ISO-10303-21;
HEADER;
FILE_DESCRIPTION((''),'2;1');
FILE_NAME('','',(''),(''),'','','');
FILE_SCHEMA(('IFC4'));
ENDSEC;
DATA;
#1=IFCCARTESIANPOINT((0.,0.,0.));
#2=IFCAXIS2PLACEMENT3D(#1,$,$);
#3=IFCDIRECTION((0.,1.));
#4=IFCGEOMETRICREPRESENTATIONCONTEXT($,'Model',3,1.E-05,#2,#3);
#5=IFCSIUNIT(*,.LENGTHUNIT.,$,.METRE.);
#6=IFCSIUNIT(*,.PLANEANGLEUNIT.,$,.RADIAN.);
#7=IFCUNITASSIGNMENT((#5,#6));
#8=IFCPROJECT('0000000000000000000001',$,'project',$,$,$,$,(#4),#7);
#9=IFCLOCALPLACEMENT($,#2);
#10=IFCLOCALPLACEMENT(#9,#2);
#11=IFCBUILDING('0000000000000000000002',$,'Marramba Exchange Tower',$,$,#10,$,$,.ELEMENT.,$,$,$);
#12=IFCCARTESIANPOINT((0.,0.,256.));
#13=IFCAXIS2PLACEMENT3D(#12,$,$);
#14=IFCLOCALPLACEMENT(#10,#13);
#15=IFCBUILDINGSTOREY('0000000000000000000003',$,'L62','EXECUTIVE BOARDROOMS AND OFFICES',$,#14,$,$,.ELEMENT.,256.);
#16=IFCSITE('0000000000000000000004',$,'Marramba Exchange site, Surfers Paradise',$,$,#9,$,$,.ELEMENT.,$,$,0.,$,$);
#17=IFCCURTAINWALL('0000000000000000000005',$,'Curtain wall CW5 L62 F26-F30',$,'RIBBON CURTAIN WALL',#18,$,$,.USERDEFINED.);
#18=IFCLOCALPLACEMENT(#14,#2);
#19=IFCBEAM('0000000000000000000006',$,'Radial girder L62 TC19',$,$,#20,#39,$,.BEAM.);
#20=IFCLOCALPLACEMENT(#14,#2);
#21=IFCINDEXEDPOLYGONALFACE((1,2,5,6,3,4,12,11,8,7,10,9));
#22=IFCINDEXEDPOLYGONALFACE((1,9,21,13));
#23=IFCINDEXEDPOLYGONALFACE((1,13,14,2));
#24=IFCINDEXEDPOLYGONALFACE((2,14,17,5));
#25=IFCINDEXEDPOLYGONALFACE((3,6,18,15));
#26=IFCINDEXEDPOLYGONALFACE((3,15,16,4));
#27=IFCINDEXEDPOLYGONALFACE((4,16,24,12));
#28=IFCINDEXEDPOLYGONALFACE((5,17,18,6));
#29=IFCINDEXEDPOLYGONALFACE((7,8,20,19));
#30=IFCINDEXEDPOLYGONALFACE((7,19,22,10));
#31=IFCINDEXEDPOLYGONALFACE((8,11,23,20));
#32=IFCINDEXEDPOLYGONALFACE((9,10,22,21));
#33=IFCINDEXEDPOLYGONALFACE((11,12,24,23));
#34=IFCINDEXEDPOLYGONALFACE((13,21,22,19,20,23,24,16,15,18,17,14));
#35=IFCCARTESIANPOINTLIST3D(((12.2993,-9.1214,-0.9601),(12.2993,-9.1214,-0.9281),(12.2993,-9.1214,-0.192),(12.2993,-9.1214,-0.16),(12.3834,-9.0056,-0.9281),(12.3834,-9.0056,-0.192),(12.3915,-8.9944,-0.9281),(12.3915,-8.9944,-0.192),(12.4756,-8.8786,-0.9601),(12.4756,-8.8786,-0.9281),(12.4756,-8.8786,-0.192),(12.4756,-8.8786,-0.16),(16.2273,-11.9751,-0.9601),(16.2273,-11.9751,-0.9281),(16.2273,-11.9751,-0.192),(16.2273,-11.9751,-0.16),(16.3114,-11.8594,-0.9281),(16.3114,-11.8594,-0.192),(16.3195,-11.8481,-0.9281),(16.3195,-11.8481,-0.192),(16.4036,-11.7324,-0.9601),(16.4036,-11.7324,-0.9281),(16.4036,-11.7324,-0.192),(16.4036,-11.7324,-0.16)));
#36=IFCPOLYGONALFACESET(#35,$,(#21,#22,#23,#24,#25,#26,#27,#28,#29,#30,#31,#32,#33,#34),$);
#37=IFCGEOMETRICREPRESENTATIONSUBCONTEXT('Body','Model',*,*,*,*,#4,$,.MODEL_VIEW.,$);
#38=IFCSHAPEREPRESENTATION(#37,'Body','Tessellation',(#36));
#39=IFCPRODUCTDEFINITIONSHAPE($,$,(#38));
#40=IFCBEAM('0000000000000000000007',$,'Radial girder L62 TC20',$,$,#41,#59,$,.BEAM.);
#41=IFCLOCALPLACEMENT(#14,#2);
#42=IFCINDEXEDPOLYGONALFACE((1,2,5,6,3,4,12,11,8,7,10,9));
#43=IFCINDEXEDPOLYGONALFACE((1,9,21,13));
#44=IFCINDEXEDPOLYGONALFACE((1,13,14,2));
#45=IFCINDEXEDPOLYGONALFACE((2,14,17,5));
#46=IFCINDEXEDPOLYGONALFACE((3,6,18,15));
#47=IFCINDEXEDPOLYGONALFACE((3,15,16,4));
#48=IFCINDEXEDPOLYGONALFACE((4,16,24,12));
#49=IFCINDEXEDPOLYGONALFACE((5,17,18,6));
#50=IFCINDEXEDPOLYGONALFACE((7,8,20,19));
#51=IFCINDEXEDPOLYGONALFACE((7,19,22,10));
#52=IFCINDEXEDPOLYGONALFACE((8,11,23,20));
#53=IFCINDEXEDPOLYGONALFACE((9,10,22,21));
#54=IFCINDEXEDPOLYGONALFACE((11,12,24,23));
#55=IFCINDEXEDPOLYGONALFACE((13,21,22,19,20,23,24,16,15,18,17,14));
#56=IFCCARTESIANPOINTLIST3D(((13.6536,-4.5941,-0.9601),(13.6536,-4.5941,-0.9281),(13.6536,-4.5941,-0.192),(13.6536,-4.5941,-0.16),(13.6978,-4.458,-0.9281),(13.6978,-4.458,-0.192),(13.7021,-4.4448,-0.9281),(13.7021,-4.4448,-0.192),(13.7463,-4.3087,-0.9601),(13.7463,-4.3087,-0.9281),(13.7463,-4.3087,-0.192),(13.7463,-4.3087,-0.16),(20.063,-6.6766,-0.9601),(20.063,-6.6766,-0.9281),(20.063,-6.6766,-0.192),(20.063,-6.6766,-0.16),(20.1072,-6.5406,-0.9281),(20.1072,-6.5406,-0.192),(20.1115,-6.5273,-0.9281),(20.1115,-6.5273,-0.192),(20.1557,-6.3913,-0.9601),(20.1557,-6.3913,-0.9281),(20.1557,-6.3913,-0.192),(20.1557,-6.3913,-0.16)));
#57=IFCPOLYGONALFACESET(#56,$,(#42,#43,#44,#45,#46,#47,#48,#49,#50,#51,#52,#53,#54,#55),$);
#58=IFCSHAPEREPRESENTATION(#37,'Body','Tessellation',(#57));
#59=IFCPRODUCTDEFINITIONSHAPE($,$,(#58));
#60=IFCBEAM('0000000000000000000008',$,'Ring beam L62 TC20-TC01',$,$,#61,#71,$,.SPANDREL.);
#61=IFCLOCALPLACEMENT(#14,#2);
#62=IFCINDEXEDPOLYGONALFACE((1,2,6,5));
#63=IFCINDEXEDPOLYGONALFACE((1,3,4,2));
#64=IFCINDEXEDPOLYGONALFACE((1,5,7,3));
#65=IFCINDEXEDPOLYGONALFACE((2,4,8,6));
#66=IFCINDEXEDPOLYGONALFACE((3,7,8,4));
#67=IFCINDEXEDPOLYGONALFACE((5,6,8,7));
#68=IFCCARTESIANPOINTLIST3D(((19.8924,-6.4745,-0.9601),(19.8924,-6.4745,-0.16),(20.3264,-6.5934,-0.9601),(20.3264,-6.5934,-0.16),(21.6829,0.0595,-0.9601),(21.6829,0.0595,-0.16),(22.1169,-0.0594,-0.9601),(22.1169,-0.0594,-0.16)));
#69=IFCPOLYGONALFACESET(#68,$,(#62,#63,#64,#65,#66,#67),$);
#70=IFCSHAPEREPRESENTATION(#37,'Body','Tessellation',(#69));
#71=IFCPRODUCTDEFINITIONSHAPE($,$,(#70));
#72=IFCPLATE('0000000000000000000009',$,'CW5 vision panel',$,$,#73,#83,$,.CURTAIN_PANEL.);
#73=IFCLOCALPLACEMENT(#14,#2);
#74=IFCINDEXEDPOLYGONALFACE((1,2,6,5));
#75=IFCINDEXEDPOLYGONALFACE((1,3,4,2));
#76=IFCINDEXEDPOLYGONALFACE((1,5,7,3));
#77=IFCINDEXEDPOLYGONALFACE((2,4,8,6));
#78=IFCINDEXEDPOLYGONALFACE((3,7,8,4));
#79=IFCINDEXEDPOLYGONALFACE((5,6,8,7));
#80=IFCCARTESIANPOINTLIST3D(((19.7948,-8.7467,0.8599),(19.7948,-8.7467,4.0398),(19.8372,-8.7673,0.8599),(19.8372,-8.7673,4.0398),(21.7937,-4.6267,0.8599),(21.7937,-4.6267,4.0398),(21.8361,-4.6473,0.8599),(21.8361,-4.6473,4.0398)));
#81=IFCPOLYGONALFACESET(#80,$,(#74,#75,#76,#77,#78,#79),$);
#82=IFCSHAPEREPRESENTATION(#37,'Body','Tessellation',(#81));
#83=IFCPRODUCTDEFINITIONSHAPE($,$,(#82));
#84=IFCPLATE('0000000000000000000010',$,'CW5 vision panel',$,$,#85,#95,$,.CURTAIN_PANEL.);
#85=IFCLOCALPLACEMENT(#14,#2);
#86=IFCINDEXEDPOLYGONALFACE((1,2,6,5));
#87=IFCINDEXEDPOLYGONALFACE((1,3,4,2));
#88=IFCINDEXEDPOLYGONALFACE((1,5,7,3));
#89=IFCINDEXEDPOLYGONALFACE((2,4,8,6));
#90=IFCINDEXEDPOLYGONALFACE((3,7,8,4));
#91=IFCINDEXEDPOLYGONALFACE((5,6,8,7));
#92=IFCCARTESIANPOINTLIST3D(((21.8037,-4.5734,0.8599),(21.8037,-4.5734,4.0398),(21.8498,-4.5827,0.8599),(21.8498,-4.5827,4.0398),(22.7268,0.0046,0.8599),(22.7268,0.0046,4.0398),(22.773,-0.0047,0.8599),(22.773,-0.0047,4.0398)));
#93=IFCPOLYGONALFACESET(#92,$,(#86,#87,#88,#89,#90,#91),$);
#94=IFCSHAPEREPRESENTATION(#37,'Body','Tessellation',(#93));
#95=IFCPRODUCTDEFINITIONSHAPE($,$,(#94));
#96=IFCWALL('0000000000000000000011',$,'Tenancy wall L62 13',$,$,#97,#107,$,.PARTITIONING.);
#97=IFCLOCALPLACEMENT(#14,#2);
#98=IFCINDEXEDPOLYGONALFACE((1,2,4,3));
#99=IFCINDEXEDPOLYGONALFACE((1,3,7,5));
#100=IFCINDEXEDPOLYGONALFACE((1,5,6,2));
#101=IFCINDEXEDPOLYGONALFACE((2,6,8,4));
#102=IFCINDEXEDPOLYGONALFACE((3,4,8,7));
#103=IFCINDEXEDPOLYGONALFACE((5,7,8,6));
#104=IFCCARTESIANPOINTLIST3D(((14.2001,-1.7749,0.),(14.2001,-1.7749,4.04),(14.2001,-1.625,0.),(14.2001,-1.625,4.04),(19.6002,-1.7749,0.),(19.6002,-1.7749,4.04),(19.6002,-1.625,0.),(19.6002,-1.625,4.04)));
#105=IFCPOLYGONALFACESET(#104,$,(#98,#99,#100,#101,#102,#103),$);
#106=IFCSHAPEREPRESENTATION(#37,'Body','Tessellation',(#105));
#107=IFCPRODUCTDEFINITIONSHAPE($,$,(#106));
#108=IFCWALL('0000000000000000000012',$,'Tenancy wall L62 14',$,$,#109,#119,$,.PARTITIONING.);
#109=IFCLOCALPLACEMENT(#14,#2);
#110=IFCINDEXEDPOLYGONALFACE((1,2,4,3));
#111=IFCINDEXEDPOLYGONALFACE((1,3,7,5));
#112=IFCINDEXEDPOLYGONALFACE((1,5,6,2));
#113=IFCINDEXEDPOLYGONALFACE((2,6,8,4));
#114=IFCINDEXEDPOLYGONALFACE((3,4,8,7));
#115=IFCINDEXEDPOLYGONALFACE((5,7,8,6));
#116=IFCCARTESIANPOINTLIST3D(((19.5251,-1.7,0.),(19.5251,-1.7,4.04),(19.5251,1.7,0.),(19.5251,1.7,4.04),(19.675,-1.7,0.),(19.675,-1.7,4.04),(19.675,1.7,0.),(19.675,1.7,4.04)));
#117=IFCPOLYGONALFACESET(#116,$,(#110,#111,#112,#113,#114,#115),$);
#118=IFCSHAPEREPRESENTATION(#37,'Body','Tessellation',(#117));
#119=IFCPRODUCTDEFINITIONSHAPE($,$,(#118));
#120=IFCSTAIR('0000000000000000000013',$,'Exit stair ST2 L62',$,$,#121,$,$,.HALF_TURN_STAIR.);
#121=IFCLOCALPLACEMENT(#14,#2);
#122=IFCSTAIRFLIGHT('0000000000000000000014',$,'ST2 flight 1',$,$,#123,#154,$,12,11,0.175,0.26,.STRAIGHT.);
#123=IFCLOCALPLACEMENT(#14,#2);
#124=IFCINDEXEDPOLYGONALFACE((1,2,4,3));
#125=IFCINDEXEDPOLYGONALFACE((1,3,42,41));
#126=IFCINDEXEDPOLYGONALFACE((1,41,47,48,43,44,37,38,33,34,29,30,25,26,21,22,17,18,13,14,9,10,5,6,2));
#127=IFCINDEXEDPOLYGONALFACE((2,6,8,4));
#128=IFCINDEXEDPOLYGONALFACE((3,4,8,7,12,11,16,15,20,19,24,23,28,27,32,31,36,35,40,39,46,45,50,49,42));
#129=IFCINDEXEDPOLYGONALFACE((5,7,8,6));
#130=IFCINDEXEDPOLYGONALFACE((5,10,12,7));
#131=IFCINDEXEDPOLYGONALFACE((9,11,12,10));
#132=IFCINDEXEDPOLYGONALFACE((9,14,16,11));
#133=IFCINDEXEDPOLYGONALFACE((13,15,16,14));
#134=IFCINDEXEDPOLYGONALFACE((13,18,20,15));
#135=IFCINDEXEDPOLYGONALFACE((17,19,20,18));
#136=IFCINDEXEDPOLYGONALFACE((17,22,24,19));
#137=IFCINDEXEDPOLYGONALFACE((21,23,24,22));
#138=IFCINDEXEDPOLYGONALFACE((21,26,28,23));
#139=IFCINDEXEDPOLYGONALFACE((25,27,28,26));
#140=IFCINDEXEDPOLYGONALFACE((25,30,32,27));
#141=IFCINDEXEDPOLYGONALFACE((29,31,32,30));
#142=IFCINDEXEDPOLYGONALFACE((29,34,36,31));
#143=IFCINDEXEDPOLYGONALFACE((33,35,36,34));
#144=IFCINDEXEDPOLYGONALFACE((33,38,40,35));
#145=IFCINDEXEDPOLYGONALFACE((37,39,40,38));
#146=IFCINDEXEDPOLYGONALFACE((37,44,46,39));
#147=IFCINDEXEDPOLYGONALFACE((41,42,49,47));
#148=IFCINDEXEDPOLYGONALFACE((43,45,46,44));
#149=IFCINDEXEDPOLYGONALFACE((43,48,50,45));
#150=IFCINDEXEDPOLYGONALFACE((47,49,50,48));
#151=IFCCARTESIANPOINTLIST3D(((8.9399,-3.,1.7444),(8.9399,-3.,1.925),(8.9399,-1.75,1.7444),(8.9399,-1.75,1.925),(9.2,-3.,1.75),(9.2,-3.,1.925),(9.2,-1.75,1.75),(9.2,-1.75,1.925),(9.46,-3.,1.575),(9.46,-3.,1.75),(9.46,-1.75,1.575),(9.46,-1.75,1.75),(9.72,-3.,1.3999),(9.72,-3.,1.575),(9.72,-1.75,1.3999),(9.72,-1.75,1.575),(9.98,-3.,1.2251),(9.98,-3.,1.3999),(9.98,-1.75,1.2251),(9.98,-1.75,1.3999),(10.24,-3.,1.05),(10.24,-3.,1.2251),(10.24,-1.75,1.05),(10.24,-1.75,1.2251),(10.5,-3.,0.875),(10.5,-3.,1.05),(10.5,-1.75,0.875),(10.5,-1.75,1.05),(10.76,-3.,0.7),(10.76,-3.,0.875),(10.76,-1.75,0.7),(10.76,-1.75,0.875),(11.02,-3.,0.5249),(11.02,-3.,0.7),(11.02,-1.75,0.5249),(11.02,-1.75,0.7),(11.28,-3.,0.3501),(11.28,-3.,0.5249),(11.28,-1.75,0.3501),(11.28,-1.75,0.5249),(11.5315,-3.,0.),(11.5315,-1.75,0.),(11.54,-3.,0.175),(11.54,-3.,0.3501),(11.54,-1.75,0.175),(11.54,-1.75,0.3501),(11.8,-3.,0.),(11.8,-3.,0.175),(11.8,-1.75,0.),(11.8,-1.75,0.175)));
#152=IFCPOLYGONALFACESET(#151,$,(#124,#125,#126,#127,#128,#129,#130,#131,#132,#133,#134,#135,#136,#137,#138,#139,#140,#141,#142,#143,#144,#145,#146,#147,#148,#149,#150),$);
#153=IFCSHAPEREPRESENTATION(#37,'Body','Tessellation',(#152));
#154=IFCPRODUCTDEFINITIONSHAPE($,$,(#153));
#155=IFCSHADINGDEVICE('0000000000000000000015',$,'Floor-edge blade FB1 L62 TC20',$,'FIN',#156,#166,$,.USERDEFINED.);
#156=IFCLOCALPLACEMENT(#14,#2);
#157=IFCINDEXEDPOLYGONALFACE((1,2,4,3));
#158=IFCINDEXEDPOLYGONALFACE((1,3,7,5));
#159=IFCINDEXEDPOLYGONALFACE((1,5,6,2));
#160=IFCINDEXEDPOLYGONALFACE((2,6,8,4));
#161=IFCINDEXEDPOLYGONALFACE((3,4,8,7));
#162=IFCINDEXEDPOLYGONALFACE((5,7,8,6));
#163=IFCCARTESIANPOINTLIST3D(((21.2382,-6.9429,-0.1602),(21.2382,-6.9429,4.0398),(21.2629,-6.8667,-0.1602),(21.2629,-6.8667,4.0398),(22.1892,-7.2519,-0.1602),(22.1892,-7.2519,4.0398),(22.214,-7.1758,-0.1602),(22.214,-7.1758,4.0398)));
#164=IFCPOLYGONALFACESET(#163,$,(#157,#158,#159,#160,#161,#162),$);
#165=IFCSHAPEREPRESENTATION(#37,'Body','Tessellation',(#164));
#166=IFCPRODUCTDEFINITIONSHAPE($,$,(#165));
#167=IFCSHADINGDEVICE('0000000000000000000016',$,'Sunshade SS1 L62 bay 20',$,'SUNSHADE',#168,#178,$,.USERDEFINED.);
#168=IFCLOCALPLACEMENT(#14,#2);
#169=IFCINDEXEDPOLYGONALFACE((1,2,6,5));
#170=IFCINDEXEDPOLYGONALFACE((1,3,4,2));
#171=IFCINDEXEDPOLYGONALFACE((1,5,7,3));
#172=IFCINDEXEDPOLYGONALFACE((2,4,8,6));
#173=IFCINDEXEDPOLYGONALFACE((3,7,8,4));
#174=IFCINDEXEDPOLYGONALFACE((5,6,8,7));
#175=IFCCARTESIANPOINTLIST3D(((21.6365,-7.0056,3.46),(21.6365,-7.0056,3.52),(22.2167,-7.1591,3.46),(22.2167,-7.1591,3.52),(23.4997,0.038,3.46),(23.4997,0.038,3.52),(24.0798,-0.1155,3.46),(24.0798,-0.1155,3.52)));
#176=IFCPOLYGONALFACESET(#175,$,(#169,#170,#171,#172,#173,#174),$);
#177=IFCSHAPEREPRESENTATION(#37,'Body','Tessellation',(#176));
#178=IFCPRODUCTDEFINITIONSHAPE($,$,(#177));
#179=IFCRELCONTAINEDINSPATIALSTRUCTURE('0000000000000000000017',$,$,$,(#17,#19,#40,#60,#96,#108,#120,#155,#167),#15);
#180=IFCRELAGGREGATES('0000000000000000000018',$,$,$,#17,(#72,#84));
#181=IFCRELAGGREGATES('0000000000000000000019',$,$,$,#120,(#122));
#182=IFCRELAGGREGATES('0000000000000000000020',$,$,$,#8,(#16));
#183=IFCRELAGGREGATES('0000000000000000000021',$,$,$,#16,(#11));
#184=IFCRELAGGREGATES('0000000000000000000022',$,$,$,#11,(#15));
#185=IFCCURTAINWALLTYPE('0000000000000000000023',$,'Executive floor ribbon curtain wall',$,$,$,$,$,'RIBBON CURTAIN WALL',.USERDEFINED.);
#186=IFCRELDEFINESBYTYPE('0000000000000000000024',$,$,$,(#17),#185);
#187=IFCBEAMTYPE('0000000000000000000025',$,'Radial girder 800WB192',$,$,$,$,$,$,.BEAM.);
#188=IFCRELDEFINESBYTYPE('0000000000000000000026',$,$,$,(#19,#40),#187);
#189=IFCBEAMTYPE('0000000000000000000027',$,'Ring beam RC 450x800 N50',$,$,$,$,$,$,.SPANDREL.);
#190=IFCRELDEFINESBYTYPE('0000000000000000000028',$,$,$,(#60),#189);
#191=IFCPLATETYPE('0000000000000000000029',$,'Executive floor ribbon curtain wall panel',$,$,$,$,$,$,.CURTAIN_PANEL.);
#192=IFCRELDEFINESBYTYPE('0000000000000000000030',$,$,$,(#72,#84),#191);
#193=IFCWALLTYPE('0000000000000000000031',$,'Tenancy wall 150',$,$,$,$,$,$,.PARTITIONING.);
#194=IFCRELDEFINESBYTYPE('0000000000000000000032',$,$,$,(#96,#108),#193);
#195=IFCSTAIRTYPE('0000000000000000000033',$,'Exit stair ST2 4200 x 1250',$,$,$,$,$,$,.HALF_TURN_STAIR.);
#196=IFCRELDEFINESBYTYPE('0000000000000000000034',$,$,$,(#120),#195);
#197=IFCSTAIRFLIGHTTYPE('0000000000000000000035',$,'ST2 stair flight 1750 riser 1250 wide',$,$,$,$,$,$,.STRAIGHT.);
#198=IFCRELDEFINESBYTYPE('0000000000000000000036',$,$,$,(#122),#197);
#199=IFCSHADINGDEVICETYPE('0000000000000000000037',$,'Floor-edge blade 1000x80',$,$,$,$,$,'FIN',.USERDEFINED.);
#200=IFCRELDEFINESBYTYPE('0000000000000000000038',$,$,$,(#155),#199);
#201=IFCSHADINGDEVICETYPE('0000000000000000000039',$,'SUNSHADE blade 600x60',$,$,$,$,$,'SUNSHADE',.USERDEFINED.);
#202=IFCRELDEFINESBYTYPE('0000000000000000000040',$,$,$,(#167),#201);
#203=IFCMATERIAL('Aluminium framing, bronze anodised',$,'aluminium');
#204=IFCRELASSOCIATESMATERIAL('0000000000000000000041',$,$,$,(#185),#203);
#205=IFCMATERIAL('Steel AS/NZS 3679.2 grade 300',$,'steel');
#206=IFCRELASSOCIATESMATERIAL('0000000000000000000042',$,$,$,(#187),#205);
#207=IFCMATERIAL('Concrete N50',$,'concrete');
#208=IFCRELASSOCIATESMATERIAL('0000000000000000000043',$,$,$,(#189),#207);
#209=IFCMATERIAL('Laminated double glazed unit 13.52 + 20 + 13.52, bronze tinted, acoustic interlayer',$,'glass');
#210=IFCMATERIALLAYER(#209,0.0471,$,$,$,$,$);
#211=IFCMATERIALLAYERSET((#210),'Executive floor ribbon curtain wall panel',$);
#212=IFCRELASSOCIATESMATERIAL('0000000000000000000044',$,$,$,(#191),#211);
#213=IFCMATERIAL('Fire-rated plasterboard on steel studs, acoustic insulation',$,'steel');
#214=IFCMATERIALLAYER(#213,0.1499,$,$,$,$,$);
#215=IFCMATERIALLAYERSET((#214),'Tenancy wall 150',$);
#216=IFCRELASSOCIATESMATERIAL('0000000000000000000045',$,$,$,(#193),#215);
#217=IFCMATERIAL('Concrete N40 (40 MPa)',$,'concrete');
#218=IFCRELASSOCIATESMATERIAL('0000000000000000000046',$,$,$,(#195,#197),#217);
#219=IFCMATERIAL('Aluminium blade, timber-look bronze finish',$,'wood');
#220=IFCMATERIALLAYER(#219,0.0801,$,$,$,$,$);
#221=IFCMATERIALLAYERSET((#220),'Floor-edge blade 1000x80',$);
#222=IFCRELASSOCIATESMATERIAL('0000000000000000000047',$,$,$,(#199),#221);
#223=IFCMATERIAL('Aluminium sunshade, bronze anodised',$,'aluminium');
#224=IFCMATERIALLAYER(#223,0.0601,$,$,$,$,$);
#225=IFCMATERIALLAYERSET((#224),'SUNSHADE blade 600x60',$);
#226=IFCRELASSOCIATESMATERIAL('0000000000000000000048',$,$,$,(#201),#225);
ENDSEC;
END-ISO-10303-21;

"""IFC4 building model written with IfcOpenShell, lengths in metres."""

from ifc_helpers import new_model, si_unit, direction, frame, frame_2d, origin, origin_2d, place, context, subcontext, project, spatial, polyline, rectangle, i_section, outline, extrude, material, layer, layer_set, material_profile, profile_set, type_object, element, aggregate, save


model = new_model("IFC4")

# Units and contexts
model_context = context("Model", 3, precision=1e-05, world=origin(), true_north=direction((0.0, 1.0)))
body_context = subcontext(model_context, "Body", "Model", "MODEL_VIEW")
ifc_project = project(units=[si_unit("LENGTHUNIT", "METRE"), si_unit("PLANEANGLEUNIT", "RADIAN")], contexts=[model_context])

# Site, building, storey
site_placement = place(None, origin())
site = spatial("IfcSite", under=ifc_project, at=site_placement, Name="Marramba Exchange site, Surfers Paradise", CompositionType="ELEMENT", RefElevation=0.0)
building_placement = place(site_placement, origin())
building = spatial("IfcBuilding", under=site, at=building_placement, Name="Marramba Exchange Tower", CompositionType="ELEMENT")
storey_placement = place(building_placement, frame((0.0, 0.0, 256.0)))
storey = spatial("IfcBuildingStorey", under=building, at=storey_placement, Name="L62", Description="EXECUTIVE BOARDROOMS AND OFFICES", CompositionType="ELEMENT", Elevation=256.0)

# Shared definitions
ifc_material_1 = material(Name="Concrete N50", Category="concrete")

# Curtain wall
ifc_material_2 = material(Name="Aluminium framing, bronze anodised", Category="aluminium")
curtain_wall_type = type_object("IfcCurtainWallType", Name="Executive floor ribbon curtain wall", ElementType="RIBBON CURTAIN WALL", PredefinedType="USERDEFINED", material=ifc_material_2)
curtain_wall_placement = place(storey_placement, origin())
curtain_wall = element("IfcCurtainWall", 1, at=curtain_wall_placement, inside=storey, type_object=curtain_wall_type, Name="Curtain wall CW5 L62 F26-F30", ObjectType="RIBBON CURTAIN WALL", PredefinedType="USERDEFINED")

# Beams
ifc_material_3 = material(Name="Steel AS/NZS 3679.2 grade 300", Category="steel")
ifc_material_profile_1 = material_profile(ifc_material_3, i_section(OverallWidth=0.3, OverallDepth=0.8, WebThickness=0.0139, FlangeThickness=0.032, at=origin_2d()), Name="800WB192")
ifc_profile_set_1 = profile_set([ifc_material_profile_1], Name="Steel AS/NZS 3679.2 grade 300")
beam_type_1 = type_object("IfcBeamType", Name="Radial girder 800WB192", PredefinedType="BEAM", material=ifc_profile_set_1)
beam_1_placement = place(storey_placement, frame((12.3875, -9.0, -0.5601), z_axis=(0.809025, -0.587774, 0.0), x_axis=(0.587774, 0.809025, 0.0)))
element("IfcBeam", 2, at=beam_1_placement, inside=storey, type_object=beam_type_1, Name="Radial girder L62 TC19", PredefinedType="BEAM", context=body_context, shape_type="SweptSolid", body=[
    extrude(i_section(OverallWidth=0.3, OverallDepth=0.8, WebThickness=0.0139, FlangeThickness=0.032, at=origin_2d()), origin(), (0.0, 0.0, 1.0), 4.8552),
])
beam_2_placement = place(storey_placement, frame((13.7, -4.4514, -0.5601), z_axis=(0.951058, -0.309013, 0.0), x_axis=(0.309013, 0.951058, 0.0)))
element("IfcBeam", 3, at=beam_2_placement, inside=storey, type_object=beam_type_1, Name="Radial girder L62 TC20", PredefinedType="BEAM", context=body_context, shape_type="SweptSolid", body=[
    extrude(i_section(OverallWidth=0.3, OverallDepth=0.8, WebThickness=0.0139, FlangeThickness=0.032, at=origin_2d()), origin(), (0.0, 0.0, 1.0), 6.7393),
])
ifc_material_profile_2 = material_profile(ifc_material_1, rectangle(XDim=0.45, YDim=0.8, at=origin_2d()), Name="RC 450x800")
ifc_profile_set_2 = profile_set([ifc_material_profile_2], Name="Concrete N50")
beam_type_2 = type_object("IfcBeamType", Name="Ring beam RC 450x800 N50", PredefinedType="SPANDREL", material=ifc_profile_set_2)
beam_3_placement = place(storey_placement, frame((20.1094, -6.5339, -0.5601), z_axis=(0.264291, 0.964443, 0.0), x_axis=(-0.964443, 0.264291, 0.0)))
element("IfcBeam", 4, at=beam_3_placement, inside=storey, type_object=beam_type_2, Name="Ring beam L62 TC20-TC01", PredefinedType="SPANDREL", context=body_context, shape_type="SweptSolid", body=[
    extrude(rectangle(XDim=0.45, YDim=0.8, at=origin_2d()), origin(), (0.0, 0.0, 1.0), 6.7749),
])

# Plates
ifc_material_4 = material(Name="Laminated double glazed unit 13.52 + 20 + 13.52, bronze tinted, acoustic interlayer", Category="glass")
ifc_layer_1 = layer(ifc_material_4, 0.0471)
ifc_layer_set_1 = layer_set([ifc_layer_1], Name="Executive floor ribbon curtain wall panel")
plate_type = type_object("IfcPlateType", Name="Executive floor ribbon curtain wall panel", PredefinedType="CURTAIN_PANEL", material=ifc_layer_set_1)
plate_1_placement = place(storey_placement, frame((20.8154, -6.697, 0.8599), z_axis=(0.0, 0.0, 1.0), x_axis=(0.436515, 0.899697, 0.0)))
plate_1 = element("IfcPlate", 5, at=plate_1_placement, type_object=plate_type, Name="CW5 vision panel", PredefinedType="CURTAIN_PANEL", context=body_context, shape_type="SweptSolid", body=[
    extrude(rectangle(XDim=4.5793, YDim=0.0471, at=origin_2d()), origin(), (0.0, 0.0, 1.0), 3.1799),
])
plate_2_placement = place(storey_placement, frame((22.2883, -2.2891, 0.8599), z_axis=(0.0, 0.0, 1.0), x_axis=(0.197671, 0.980269, 0.0)))
plate_2 = element("IfcPlate", 6, at=plate_2_placement, type_object=plate_type, Name="CW5 vision panel", PredefinedType="CURTAIN_PANEL", context=body_context, shape_type="SweptSolid", body=[
    extrude(rectangle(XDim=4.6702, YDim=0.0471, at=origin_2d()), origin(), (0.0, 0.0, 1.0), 3.1799),
])
aggregate(curtain_wall, [plate_1, plate_2])

# Walls
ifc_material_5 = material(Name="Fire-rated plasterboard on steel studs, acoustic insulation", Category="steel")
ifc_layer_2 = layer(ifc_material_5, 0.1499)
ifc_layer_set_2 = layer_set([ifc_layer_2], Name="Tenancy wall 150")
wall_type_1 = type_object("IfcWallType", Name="Tenancy wall 150", PredefinedType="PARTITIONING", material=ifc_layer_set_2)
wall_1_placement = place(storey_placement, frame((14.2, -1.7, 0.0), z_axis=(0.0, 0.0, 1.0), x_axis=(1.0, 0.0, 0.0)))
element("IfcWall", 7, at=wall_1_placement, inside=storey, type_object=wall_type_1, Name="Tenancy wall L62 13", PredefinedType="PARTITIONING", context=body_context, shape_type="SweptSolid", body=[
    extrude(rectangle(XDim=5.4001, YDim=0.1499, at=frame_2d((2.7002, 0.0))), origin(), (0.0, 0.0, 1.0), 4.04),
])
wall_2_placement = place(storey_placement, frame((19.6001, -1.7, 0.0), z_axis=(0.0, 0.0, 1.0), x_axis=(0.0, 1.0, 0.0)))
element("IfcWall", 8, at=wall_2_placement, inside=storey, type_object=wall_type_1, Name="Tenancy wall L62 14", PredefinedType="PARTITIONING", context=body_context, shape_type="SweptSolid", body=[
    extrude(rectangle(XDim=3.3999, YDim=0.1499, at=frame_2d((1.7, 0.0))), origin(), (0.0, 0.0, 1.0), 4.04),
])

# Stair, stair flight
ifc_material_6 = material(Name="Concrete N40 (40 MPa)", Category="concrete")
stair_type = type_object("IfcStairType", Name="Exit stair ST2 4200 x 1250", PredefinedType="HALF_TURN_STAIR", material=ifc_material_6)
stair_placement = place(storey_placement, origin())
stair = element("IfcStair", 9, at=stair_placement, inside=storey, type_object=stair_type, Name="Exit stair ST2 L62", PredefinedType="HALF_TURN_STAIR")
stair_flight_type = type_object("IfcStairFlightType", Name="ST2 stair flight 1750 riser 1250 wide", PredefinedType="STRAIGHT", material=ifc_material_6)
stair_flight_placement = place(storey_placement, frame((11.8, -2.375, 0.0), z_axis=(0.0, 0.0, 1.0), x_axis=(-1.0, 0.0, 0.0)))
stair_flight = element("IfcStairFlight", 10, at=stair_flight_placement, type_object=stair_flight_type, Name="ST2 flight 1", NumberOfRisers=12, NumberOfTreads=11, PredefinedType="STRAIGHT", RiserHeight=0.175, TreadLength=0.26, context=body_context, shape_type="SweptSolid", body=[
    extrude(outline(polyline([(0.0, 0.0), (0.0, 0.175), (0.26, 0.175), (0.26, 0.3501), (0.52, 0.3501), (0.52, 0.5249), (0.78, 0.5249), (0.78, 0.7), (1.04, 0.7), (1.04, 0.875), (1.3, 0.875), (1.3, 1.05), (1.5601, 1.05), (1.5601, 1.2251), (1.8201, 1.2251), (1.8201, 1.3999), (2.0801, 1.3999), (2.0801, 1.575), (2.3401, 1.575), (2.3401, 1.75), (2.6001, 1.75), (2.6001, 1.925), (2.8601, 1.925), (2.8601, 2.1001), (2.8601, 1.7444), (0.2686, 0.0), (0.0, 0.0)])), frame((0.0, 0.625, 0.0), z_axis=(0.0, -1.0, 0.0), x_axis=(1.0, 0.0, 0.0)), (0.0, 0.0, 1.0), 1.25),
])
aggregate(stair, [stair_flight])

# Shading devices
ifc_material_7 = material(Name="Aluminium blade, timber-look bronze finish", Category="wood")
ifc_layer_3 = layer(ifc_material_7, 0.0801)
ifc_layer_set_3 = layer_set([ifc_layer_3], Name="Floor-edge blade 1000x80")
shading_device_type_1 = type_object("IfcShadingDeviceType", Name="Floor-edge blade 1000x80", ElementType="FIN", PredefinedType="USERDEFINED", material=ifc_layer_set_3)
shading_device_1_placement = place(storey_placement, frame((21.7261, -7.0593, -0.1602), z_axis=(0.0, 0.0, 1.0), x_axis=(0.951057, -0.309017, 0.0)))
element("IfcShadingDevice", 11, at=shading_device_1_placement, inside=storey, type_object=shading_device_type_1, Name="Floor-edge blade FB1 L62 TC20", ObjectType="FIN", PredefinedType="USERDEFINED", context=body_context, shape_type="SweptSolid", body=[
    extrude(rectangle(XDim=1.0, YDim=0.0801, at=origin_2d()), origin(), (0.0, 0.0, 1.0), 4.2),
])
ifc_material_8 = material(Name="Aluminium sunshade, bronze anodised", Category="aluminium")
ifc_layer_4 = layer(ifc_material_8, 0.0601)
ifc_layer_set_4 = layer_set([ifc_layer_4], Name="SUNSHADE blade 600x60")
shading_device_type_2 = type_object("IfcShadingDeviceType", Name="SUNSHADE blade 600x60", ElementType="SUNSHADE", PredefinedType="USERDEFINED", material=ifc_layer_set_4)
shading_device_2_placement = place(storey_placement, frame((22.8582, -3.5605, 3.46), z_axis=(0.0, 0.0, 1.0), x_axis=(0.255719, 0.966751, 0.0)))
element("IfcShadingDevice", 12, at=shading_device_2_placement, inside=storey, type_object=shading_device_type_2, Name="Sunshade SS1 L62 bay 20", ObjectType="SUNSHADE", PredefinedType="USERDEFINED", context=body_context, shape_type="SweptSolid", body=[
    extrude(rectangle(XDim=7.2859, YDim=0.6001, at=origin_2d()), origin(), (0.0, 0.0, 1.0), 0.0601),
])

save(model, "model.ifc")
